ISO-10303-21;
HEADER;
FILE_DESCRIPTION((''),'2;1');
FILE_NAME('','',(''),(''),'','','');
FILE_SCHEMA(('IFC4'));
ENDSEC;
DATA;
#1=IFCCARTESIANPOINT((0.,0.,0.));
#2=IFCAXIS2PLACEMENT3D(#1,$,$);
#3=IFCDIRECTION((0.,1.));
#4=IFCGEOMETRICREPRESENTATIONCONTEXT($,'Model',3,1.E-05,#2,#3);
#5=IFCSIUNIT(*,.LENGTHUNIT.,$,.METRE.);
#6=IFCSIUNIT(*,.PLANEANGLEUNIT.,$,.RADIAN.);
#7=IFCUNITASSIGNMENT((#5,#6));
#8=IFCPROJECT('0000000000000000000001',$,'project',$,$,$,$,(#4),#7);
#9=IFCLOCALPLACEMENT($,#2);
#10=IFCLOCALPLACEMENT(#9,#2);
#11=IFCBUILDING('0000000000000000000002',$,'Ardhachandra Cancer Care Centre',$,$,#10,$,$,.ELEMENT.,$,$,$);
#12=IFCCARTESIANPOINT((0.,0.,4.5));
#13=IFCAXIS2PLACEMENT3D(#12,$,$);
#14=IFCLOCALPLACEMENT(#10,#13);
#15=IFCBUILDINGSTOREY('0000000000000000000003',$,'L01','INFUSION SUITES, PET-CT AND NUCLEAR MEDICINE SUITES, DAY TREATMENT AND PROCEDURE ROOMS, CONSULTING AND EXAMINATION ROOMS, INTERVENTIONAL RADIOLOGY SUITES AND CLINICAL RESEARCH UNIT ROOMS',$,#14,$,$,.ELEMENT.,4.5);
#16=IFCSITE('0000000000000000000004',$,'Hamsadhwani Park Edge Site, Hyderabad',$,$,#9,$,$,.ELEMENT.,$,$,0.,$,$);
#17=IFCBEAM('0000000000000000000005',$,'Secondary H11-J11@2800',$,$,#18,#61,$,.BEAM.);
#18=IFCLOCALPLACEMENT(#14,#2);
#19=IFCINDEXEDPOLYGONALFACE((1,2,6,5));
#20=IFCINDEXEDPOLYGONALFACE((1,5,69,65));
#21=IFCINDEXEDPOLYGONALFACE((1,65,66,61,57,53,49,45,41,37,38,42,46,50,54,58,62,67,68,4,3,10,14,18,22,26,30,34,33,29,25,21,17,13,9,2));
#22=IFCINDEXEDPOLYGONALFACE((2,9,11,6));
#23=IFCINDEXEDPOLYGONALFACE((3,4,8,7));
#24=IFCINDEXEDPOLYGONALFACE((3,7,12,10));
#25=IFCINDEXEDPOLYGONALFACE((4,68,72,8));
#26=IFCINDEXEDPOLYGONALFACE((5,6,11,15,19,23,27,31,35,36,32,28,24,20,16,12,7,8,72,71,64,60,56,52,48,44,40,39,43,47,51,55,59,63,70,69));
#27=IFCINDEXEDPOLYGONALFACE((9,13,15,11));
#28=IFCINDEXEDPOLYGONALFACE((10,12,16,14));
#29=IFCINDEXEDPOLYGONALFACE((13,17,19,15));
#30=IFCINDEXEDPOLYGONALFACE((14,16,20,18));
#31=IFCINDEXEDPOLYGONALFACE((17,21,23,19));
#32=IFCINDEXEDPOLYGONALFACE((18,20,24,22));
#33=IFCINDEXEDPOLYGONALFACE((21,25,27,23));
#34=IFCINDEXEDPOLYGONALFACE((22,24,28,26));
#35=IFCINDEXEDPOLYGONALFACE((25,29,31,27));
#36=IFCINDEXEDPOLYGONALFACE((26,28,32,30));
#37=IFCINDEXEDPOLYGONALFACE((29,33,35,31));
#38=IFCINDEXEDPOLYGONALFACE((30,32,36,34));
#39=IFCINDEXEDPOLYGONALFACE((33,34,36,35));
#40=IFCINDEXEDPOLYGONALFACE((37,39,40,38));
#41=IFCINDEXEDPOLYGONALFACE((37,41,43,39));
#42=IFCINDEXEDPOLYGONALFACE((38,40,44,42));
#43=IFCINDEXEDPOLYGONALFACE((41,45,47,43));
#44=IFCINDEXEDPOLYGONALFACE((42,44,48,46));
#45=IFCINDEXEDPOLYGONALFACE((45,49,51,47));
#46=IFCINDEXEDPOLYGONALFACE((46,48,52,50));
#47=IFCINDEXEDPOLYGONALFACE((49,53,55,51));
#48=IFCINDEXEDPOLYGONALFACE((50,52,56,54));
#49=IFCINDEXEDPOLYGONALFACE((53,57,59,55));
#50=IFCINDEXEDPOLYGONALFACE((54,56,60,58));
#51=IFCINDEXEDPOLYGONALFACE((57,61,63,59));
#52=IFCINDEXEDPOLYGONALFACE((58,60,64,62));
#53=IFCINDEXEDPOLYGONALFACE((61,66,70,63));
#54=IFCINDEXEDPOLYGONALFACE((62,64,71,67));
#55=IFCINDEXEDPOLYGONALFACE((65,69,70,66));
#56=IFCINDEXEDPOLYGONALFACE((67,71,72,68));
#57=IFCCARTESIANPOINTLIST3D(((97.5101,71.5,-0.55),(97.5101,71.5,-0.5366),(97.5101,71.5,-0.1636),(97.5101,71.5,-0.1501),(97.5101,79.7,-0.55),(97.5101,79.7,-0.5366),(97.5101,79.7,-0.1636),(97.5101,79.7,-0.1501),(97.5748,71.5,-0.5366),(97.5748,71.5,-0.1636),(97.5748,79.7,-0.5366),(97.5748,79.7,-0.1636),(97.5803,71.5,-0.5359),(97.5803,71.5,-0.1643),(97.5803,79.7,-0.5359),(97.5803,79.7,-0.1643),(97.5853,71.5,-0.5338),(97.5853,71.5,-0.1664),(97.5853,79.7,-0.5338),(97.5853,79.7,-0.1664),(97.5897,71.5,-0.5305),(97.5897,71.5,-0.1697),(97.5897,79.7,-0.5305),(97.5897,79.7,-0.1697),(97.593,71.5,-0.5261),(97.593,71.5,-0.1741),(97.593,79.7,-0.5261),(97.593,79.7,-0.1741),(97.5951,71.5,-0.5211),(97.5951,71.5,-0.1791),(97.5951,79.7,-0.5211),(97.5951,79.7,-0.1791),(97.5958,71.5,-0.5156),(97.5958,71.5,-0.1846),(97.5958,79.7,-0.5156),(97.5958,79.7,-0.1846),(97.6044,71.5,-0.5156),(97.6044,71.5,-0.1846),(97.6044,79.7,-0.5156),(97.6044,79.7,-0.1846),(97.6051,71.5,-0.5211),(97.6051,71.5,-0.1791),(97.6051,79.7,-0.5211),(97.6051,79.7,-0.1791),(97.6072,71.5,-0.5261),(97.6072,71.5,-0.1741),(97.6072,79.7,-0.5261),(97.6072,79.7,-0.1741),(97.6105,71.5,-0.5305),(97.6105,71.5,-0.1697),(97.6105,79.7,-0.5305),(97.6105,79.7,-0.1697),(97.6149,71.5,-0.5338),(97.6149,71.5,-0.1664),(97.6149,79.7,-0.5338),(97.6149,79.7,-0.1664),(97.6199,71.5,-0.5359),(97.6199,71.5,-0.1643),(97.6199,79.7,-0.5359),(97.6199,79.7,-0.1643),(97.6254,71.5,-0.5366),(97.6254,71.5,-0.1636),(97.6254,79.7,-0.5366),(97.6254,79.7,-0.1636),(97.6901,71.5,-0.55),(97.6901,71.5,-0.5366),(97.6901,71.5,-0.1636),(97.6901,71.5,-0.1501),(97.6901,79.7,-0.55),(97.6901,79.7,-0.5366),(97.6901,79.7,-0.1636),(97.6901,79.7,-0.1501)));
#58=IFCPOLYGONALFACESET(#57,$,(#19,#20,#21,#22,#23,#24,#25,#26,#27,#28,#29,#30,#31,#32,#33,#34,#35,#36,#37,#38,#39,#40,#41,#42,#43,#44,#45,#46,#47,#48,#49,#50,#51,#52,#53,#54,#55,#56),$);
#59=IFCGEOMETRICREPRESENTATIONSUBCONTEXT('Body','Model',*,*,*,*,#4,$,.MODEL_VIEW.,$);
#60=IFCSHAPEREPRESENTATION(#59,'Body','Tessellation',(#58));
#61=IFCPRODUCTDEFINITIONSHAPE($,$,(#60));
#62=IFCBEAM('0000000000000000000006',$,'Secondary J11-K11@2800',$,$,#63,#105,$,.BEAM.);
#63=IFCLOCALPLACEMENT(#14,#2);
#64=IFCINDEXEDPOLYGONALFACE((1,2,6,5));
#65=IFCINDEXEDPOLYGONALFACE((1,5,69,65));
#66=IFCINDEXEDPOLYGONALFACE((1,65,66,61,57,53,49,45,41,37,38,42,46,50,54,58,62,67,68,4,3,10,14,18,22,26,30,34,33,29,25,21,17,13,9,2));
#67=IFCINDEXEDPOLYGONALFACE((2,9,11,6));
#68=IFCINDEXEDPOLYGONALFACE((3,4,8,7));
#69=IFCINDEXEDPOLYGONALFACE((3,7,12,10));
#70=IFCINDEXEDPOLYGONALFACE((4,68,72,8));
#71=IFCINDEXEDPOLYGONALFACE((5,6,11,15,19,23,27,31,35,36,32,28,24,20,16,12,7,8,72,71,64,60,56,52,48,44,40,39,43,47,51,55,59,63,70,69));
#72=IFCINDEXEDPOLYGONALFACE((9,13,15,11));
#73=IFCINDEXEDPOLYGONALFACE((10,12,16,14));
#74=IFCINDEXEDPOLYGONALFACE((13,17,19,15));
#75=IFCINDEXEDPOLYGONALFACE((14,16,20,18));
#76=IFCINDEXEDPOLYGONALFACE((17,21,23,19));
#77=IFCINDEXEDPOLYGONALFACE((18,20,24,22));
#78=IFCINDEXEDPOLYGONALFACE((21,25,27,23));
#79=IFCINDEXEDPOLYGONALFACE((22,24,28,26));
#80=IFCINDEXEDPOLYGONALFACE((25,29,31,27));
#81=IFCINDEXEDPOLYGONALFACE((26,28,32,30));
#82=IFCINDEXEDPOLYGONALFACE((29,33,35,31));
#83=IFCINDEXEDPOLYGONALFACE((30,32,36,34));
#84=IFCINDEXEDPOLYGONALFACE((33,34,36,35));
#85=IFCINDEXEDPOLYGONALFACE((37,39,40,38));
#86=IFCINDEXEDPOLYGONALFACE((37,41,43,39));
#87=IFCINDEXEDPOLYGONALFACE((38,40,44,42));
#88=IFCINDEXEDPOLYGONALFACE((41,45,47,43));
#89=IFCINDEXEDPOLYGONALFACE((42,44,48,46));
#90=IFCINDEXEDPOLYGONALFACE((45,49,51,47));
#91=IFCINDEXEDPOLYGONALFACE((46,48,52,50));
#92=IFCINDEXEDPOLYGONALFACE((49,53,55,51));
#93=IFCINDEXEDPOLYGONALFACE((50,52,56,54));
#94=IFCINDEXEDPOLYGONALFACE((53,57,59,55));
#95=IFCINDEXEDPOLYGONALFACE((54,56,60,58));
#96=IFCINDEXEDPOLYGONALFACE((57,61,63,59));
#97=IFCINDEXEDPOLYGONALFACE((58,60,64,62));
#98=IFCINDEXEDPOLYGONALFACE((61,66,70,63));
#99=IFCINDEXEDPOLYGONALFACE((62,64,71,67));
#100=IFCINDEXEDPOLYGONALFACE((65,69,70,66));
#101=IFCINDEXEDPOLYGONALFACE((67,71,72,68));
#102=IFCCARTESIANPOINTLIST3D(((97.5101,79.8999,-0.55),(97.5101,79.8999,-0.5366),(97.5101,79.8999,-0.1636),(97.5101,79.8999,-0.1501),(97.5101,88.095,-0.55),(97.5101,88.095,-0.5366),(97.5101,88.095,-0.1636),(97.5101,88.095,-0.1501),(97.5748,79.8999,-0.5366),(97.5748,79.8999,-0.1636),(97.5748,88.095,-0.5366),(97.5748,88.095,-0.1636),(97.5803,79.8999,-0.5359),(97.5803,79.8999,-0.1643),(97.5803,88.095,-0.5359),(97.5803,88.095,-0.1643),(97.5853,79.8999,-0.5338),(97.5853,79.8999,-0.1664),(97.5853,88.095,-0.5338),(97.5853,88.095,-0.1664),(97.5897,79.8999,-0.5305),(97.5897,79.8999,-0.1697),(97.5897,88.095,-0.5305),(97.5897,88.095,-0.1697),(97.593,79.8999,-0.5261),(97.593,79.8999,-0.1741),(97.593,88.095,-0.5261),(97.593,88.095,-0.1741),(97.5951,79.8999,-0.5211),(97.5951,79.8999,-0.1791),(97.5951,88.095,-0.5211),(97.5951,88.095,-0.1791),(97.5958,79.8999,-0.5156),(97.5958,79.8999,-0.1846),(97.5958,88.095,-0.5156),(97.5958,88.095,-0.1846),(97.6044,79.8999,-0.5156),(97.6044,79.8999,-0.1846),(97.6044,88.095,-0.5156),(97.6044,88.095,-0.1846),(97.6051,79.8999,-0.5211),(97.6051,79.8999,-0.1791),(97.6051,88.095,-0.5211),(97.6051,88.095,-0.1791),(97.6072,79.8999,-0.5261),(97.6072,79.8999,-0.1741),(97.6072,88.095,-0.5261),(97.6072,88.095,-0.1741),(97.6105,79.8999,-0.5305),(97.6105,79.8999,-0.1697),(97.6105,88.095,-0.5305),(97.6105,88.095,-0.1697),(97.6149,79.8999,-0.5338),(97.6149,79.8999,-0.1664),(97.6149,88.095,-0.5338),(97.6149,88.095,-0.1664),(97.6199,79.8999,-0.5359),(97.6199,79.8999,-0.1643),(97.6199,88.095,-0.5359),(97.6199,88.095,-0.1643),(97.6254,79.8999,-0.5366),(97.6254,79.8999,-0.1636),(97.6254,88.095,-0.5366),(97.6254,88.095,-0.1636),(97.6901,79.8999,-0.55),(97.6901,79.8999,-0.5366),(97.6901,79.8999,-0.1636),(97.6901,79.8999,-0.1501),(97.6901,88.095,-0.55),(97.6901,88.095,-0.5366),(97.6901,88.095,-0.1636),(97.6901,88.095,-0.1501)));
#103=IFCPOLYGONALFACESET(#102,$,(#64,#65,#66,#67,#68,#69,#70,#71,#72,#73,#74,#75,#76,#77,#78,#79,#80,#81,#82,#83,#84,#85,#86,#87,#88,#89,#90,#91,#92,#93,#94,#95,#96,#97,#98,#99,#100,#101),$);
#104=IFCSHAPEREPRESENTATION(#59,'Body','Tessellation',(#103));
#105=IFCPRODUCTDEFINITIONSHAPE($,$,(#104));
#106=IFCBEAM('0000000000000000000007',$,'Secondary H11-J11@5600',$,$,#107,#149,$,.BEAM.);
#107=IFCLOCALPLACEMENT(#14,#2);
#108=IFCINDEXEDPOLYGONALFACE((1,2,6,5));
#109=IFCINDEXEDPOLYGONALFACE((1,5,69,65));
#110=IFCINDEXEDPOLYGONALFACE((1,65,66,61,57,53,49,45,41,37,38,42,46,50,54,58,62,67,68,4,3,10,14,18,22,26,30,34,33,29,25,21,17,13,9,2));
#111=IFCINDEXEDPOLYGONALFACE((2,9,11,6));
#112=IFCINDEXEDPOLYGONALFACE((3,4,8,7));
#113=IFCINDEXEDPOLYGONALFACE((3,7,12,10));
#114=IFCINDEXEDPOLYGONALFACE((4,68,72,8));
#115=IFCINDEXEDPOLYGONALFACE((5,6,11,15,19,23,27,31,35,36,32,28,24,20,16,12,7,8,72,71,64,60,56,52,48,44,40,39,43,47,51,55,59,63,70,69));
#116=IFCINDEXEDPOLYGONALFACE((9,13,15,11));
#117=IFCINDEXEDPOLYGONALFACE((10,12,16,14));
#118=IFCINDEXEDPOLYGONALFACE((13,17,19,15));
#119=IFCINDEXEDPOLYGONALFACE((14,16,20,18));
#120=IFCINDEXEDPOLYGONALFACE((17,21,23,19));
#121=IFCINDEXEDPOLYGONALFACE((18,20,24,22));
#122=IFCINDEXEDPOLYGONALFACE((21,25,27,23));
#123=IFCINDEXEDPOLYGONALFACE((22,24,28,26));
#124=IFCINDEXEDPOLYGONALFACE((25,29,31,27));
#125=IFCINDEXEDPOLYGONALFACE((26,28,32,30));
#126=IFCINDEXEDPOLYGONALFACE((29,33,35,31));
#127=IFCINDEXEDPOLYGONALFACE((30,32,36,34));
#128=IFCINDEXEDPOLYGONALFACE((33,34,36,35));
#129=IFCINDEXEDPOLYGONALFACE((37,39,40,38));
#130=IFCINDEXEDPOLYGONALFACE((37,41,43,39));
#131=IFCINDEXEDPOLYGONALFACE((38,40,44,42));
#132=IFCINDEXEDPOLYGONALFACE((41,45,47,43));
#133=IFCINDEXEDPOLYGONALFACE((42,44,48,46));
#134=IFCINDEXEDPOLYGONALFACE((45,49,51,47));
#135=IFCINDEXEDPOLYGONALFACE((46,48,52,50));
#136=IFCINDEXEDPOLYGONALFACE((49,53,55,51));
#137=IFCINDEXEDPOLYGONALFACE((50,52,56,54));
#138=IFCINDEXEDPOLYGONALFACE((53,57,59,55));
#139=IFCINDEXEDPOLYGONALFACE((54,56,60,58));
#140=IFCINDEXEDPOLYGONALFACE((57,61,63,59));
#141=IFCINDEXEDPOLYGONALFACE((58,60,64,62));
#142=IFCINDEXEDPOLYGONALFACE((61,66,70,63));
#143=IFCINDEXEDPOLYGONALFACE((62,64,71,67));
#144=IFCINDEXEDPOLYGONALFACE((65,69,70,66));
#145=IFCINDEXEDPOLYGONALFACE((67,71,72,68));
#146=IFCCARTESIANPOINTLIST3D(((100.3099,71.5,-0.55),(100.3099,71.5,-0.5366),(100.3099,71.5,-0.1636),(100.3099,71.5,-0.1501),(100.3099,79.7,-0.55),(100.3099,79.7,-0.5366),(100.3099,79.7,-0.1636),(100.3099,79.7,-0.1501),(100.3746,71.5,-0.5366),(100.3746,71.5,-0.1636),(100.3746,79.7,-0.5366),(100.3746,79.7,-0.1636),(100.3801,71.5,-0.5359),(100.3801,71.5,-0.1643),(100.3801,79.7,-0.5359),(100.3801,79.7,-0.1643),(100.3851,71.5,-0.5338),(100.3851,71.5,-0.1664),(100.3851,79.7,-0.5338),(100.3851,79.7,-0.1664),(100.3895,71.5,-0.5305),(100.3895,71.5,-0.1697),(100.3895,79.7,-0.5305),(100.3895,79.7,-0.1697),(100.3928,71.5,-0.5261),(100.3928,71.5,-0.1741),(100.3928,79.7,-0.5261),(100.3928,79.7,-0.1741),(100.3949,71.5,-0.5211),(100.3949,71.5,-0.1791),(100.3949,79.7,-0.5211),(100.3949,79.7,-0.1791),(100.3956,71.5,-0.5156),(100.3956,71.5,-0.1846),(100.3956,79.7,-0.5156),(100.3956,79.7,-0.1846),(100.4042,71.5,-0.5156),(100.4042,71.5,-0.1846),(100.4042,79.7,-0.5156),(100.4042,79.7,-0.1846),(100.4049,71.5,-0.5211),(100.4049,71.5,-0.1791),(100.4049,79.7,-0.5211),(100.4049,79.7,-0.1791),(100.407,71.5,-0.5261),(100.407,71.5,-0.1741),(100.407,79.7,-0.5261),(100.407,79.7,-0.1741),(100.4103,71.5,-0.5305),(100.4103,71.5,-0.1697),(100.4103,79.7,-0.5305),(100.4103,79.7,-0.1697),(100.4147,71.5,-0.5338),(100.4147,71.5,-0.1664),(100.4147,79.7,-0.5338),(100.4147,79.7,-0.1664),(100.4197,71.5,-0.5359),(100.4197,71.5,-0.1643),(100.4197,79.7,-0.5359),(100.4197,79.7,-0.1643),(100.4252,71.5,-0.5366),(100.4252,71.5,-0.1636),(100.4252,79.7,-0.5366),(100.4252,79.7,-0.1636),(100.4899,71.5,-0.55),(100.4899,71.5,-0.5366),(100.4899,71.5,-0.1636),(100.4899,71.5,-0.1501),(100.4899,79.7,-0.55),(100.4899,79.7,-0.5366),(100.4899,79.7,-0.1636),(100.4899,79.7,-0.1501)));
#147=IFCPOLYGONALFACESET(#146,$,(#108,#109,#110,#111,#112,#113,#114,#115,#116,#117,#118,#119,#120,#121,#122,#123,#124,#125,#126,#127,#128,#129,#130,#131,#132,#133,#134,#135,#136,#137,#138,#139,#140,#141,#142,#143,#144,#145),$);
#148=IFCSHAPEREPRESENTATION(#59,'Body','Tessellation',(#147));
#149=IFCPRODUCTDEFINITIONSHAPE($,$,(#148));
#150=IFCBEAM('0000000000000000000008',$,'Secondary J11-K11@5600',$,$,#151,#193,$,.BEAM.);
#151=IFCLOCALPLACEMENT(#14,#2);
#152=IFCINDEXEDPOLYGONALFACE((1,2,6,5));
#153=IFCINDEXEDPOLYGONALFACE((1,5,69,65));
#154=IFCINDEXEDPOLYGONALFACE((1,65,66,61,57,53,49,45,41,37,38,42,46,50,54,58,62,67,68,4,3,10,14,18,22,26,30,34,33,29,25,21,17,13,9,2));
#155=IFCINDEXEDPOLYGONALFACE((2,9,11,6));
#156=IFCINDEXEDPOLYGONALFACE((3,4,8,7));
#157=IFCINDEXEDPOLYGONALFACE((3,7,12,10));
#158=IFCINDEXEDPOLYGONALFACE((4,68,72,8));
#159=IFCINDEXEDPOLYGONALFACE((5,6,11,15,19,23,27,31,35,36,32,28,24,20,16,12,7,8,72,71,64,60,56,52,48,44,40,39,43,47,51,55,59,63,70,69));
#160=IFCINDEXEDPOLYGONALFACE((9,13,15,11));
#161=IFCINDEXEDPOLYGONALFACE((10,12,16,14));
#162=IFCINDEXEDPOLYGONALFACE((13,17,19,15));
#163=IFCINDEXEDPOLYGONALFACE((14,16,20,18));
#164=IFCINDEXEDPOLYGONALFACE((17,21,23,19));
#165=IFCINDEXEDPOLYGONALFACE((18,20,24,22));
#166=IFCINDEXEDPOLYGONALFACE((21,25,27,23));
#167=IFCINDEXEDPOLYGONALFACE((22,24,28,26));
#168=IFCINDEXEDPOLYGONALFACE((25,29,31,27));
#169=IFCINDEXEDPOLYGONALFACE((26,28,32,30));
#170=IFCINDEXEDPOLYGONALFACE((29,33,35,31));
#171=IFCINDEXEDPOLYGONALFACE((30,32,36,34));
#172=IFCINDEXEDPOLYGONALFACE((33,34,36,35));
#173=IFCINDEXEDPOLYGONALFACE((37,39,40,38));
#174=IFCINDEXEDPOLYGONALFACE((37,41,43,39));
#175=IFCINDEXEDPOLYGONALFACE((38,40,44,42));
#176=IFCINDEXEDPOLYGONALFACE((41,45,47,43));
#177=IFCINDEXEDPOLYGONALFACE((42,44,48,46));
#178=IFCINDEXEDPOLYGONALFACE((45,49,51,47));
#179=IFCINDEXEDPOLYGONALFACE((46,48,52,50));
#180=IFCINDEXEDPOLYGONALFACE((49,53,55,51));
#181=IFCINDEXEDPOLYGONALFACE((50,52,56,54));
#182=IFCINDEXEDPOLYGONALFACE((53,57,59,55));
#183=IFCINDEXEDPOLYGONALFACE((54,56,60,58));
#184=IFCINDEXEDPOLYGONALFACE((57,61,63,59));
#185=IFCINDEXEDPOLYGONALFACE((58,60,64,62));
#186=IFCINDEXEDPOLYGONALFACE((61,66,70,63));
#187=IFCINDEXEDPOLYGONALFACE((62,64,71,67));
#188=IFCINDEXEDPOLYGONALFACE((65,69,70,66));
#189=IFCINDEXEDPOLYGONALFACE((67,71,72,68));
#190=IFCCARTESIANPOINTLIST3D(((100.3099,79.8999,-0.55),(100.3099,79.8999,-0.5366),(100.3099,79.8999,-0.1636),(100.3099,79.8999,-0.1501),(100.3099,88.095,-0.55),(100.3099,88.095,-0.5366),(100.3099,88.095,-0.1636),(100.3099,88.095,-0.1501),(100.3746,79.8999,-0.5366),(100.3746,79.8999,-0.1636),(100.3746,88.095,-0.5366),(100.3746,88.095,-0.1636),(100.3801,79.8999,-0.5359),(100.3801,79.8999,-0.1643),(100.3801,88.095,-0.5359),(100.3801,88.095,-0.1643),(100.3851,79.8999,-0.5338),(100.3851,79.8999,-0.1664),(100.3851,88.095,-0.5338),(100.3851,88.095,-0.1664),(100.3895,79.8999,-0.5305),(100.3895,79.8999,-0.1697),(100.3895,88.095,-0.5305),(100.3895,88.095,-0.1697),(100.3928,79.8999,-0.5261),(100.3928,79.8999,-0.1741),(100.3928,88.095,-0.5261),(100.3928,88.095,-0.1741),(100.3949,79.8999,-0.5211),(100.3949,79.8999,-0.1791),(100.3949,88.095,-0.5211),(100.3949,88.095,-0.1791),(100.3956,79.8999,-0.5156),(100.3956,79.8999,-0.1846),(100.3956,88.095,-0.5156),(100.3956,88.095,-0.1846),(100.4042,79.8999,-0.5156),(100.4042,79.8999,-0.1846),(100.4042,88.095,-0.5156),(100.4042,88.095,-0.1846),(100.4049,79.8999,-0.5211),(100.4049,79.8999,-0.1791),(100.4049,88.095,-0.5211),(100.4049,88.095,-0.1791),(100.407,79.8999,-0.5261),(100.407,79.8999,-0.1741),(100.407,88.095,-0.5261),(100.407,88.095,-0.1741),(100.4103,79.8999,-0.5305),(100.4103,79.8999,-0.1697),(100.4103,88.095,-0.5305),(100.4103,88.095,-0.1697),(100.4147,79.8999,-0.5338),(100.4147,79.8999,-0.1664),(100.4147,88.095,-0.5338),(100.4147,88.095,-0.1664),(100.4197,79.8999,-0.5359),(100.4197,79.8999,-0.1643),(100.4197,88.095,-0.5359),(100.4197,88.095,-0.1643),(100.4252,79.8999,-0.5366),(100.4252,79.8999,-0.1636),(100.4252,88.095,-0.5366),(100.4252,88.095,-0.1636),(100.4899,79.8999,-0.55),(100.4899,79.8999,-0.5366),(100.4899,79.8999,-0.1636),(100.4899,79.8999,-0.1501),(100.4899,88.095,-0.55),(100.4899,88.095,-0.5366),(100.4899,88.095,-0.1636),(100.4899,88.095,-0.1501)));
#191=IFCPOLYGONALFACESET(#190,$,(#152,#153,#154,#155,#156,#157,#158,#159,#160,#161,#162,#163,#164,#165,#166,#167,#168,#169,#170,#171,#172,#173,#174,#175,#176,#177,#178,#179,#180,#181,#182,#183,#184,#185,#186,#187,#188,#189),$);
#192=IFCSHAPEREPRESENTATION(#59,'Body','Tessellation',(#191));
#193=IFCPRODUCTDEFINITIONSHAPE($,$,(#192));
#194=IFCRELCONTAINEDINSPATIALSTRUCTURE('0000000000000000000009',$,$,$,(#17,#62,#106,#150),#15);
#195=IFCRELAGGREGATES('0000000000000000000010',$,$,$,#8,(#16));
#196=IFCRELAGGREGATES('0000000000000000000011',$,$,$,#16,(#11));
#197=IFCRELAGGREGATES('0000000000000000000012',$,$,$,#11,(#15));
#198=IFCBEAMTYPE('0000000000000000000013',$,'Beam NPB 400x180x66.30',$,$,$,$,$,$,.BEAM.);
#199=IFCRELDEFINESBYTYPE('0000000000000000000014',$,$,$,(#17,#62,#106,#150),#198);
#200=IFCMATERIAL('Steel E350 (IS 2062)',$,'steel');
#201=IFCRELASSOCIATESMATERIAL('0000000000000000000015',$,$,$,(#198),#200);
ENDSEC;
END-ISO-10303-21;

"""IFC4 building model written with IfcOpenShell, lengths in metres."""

from ifc_helpers import new_model, si_unit, direction, frame, origin, origin_2d, place, context, subcontext, project, spatial, i_section, extrude, material, material_profile, profile_set, type_object, element, save


model = new_model("IFC4")

# Units and contexts
model_context = context("Model", 3, precision=1e-05, world=origin(), true_north=direction((0.0, 1.0)))
body_context = subcontext(model_context, "Body", "Model", "MODEL_VIEW")
ifc_project = project(units=[si_unit("LENGTHUNIT", "METRE"), si_unit("PLANEANGLEUNIT", "RADIAN")], contexts=[model_context])

# Site, building, storey
site_placement = place(None, origin())
site = spatial("IfcSite", under=ifc_project, at=site_placement, Name="Hamsadhwani Park Edge Site, Hyderabad", CompositionType="ELEMENT", RefElevation=0.0)
building_placement = place(site_placement, origin())
building = spatial("IfcBuilding", under=site, at=building_placement, Name="Ardhachandra Cancer Care Centre", CompositionType="ELEMENT")
storey_placement = place(building_placement, frame((0.0, 0.0, 4.5)))
storey = spatial("IfcBuildingStorey", under=building, at=storey_placement, Name="L01", Description="INFUSION SUITES, PET-CT AND NUCLEAR MEDICINE SUITES, DAY TREATMENT AND PROCEDURE ROOMS, CONSULTING AND EXAMINATION ROOMS, INTERVENTIONAL RADIOLOGY SUITES AND CLINICAL RESEARCH UNIT ROOMS", CompositionType="ELEMENT", Elevation=4.5)

# Beams
ifc_material_1 = material(Name="Steel E350 (IS 2062)", Category="steel")
ifc_material_profile_1 = material_profile(ifc_material_1, i_section(OverallWidth=0.1799, OverallDepth=0.3999, WebThickness=0.0085, FlangeThickness=0.0134, FilletRadius=0.021, at=origin_2d()), Name="NPB 400x180x66.30")
ifc_profile_set_1 = profile_set([ifc_material_profile_1], Name="Steel E350 (IS 2062)")
beam_type_1 = type_object("IfcBeamType", Name="Beam NPB 400x180x66.30", PredefinedType="BEAM", material=ifc_profile_set_1)
beam_1_placement = place(storey_placement, frame((97.6001, 71.5, -0.3501), z_axis=(0.0, 1.0, 0.0), x_axis=(-1.0, 0.0, 0.0)))
element("IfcBeam", 1, at=beam_1_placement, inside=storey, type_object=beam_type_1, Name="Secondary H11-J11@2800", PredefinedType="BEAM", context=body_context, shape_type="SweptSolid", body=[
    extrude(i_section(OverallWidth=0.1799, OverallDepth=0.3999, WebThickness=0.0085, FlangeThickness=0.0134, FilletRadius=0.021, at=origin_2d()), origin(), (0.0, 0.0, 1.0), 8.2),
])
beam_2_placement = place(storey_placement, frame((97.6001, 79.8999, -0.3501), z_axis=(0.0, 1.0, 0.0), x_axis=(-1.0, 0.0, 0.0)))
element("IfcBeam", 2, at=beam_2_placement, inside=storey, type_object=beam_type_1, Name="Secondary J11-K11@2800", PredefinedType="BEAM", context=body_context, shape_type="SweptSolid", body=[
    extrude(i_section(OverallWidth=0.1799, OverallDepth=0.3999, WebThickness=0.0085, FlangeThickness=0.0134, FilletRadius=0.021, at=origin_2d()), origin(), (0.0, 0.0, 1.0), 8.1951),
])
beam_3_placement = place(storey_placement, frame((100.3999, 71.5, -0.3501), z_axis=(0.0, 1.0, 0.0), x_axis=(-1.0, 0.0, 0.0)))
element("IfcBeam", 3, at=beam_3_placement, inside=storey, type_object=beam_type_1, Name="Secondary H11-J11@5600", PredefinedType="BEAM", context=body_context, shape_type="SweptSolid", body=[
    extrude(i_section(OverallWidth=0.1799, OverallDepth=0.3999, WebThickness=0.0085, FlangeThickness=0.0134, FilletRadius=0.021, at=origin_2d()), origin(), (0.0, 0.0, 1.0), 8.2),
])
beam_4_placement = place(storey_placement, frame((100.3999, 79.8999, -0.3501), z_axis=(0.0, 1.0, 0.0), x_axis=(-1.0, 0.0, 0.0)))
element("IfcBeam", 4, at=beam_4_placement, inside=storey, type_object=beam_type_1, Name="Secondary J11-K11@5600", PredefinedType="BEAM", context=body_context, shape_type="SweptSolid", body=[
    extrude(i_section(OverallWidth=0.1799, OverallDepth=0.3999, WebThickness=0.0085, FlangeThickness=0.0134, FilletRadius=0.021, at=origin_2d()), origin(), (0.0, 0.0, 1.0), 8.1951),
])

save(model, "model.ifc")
